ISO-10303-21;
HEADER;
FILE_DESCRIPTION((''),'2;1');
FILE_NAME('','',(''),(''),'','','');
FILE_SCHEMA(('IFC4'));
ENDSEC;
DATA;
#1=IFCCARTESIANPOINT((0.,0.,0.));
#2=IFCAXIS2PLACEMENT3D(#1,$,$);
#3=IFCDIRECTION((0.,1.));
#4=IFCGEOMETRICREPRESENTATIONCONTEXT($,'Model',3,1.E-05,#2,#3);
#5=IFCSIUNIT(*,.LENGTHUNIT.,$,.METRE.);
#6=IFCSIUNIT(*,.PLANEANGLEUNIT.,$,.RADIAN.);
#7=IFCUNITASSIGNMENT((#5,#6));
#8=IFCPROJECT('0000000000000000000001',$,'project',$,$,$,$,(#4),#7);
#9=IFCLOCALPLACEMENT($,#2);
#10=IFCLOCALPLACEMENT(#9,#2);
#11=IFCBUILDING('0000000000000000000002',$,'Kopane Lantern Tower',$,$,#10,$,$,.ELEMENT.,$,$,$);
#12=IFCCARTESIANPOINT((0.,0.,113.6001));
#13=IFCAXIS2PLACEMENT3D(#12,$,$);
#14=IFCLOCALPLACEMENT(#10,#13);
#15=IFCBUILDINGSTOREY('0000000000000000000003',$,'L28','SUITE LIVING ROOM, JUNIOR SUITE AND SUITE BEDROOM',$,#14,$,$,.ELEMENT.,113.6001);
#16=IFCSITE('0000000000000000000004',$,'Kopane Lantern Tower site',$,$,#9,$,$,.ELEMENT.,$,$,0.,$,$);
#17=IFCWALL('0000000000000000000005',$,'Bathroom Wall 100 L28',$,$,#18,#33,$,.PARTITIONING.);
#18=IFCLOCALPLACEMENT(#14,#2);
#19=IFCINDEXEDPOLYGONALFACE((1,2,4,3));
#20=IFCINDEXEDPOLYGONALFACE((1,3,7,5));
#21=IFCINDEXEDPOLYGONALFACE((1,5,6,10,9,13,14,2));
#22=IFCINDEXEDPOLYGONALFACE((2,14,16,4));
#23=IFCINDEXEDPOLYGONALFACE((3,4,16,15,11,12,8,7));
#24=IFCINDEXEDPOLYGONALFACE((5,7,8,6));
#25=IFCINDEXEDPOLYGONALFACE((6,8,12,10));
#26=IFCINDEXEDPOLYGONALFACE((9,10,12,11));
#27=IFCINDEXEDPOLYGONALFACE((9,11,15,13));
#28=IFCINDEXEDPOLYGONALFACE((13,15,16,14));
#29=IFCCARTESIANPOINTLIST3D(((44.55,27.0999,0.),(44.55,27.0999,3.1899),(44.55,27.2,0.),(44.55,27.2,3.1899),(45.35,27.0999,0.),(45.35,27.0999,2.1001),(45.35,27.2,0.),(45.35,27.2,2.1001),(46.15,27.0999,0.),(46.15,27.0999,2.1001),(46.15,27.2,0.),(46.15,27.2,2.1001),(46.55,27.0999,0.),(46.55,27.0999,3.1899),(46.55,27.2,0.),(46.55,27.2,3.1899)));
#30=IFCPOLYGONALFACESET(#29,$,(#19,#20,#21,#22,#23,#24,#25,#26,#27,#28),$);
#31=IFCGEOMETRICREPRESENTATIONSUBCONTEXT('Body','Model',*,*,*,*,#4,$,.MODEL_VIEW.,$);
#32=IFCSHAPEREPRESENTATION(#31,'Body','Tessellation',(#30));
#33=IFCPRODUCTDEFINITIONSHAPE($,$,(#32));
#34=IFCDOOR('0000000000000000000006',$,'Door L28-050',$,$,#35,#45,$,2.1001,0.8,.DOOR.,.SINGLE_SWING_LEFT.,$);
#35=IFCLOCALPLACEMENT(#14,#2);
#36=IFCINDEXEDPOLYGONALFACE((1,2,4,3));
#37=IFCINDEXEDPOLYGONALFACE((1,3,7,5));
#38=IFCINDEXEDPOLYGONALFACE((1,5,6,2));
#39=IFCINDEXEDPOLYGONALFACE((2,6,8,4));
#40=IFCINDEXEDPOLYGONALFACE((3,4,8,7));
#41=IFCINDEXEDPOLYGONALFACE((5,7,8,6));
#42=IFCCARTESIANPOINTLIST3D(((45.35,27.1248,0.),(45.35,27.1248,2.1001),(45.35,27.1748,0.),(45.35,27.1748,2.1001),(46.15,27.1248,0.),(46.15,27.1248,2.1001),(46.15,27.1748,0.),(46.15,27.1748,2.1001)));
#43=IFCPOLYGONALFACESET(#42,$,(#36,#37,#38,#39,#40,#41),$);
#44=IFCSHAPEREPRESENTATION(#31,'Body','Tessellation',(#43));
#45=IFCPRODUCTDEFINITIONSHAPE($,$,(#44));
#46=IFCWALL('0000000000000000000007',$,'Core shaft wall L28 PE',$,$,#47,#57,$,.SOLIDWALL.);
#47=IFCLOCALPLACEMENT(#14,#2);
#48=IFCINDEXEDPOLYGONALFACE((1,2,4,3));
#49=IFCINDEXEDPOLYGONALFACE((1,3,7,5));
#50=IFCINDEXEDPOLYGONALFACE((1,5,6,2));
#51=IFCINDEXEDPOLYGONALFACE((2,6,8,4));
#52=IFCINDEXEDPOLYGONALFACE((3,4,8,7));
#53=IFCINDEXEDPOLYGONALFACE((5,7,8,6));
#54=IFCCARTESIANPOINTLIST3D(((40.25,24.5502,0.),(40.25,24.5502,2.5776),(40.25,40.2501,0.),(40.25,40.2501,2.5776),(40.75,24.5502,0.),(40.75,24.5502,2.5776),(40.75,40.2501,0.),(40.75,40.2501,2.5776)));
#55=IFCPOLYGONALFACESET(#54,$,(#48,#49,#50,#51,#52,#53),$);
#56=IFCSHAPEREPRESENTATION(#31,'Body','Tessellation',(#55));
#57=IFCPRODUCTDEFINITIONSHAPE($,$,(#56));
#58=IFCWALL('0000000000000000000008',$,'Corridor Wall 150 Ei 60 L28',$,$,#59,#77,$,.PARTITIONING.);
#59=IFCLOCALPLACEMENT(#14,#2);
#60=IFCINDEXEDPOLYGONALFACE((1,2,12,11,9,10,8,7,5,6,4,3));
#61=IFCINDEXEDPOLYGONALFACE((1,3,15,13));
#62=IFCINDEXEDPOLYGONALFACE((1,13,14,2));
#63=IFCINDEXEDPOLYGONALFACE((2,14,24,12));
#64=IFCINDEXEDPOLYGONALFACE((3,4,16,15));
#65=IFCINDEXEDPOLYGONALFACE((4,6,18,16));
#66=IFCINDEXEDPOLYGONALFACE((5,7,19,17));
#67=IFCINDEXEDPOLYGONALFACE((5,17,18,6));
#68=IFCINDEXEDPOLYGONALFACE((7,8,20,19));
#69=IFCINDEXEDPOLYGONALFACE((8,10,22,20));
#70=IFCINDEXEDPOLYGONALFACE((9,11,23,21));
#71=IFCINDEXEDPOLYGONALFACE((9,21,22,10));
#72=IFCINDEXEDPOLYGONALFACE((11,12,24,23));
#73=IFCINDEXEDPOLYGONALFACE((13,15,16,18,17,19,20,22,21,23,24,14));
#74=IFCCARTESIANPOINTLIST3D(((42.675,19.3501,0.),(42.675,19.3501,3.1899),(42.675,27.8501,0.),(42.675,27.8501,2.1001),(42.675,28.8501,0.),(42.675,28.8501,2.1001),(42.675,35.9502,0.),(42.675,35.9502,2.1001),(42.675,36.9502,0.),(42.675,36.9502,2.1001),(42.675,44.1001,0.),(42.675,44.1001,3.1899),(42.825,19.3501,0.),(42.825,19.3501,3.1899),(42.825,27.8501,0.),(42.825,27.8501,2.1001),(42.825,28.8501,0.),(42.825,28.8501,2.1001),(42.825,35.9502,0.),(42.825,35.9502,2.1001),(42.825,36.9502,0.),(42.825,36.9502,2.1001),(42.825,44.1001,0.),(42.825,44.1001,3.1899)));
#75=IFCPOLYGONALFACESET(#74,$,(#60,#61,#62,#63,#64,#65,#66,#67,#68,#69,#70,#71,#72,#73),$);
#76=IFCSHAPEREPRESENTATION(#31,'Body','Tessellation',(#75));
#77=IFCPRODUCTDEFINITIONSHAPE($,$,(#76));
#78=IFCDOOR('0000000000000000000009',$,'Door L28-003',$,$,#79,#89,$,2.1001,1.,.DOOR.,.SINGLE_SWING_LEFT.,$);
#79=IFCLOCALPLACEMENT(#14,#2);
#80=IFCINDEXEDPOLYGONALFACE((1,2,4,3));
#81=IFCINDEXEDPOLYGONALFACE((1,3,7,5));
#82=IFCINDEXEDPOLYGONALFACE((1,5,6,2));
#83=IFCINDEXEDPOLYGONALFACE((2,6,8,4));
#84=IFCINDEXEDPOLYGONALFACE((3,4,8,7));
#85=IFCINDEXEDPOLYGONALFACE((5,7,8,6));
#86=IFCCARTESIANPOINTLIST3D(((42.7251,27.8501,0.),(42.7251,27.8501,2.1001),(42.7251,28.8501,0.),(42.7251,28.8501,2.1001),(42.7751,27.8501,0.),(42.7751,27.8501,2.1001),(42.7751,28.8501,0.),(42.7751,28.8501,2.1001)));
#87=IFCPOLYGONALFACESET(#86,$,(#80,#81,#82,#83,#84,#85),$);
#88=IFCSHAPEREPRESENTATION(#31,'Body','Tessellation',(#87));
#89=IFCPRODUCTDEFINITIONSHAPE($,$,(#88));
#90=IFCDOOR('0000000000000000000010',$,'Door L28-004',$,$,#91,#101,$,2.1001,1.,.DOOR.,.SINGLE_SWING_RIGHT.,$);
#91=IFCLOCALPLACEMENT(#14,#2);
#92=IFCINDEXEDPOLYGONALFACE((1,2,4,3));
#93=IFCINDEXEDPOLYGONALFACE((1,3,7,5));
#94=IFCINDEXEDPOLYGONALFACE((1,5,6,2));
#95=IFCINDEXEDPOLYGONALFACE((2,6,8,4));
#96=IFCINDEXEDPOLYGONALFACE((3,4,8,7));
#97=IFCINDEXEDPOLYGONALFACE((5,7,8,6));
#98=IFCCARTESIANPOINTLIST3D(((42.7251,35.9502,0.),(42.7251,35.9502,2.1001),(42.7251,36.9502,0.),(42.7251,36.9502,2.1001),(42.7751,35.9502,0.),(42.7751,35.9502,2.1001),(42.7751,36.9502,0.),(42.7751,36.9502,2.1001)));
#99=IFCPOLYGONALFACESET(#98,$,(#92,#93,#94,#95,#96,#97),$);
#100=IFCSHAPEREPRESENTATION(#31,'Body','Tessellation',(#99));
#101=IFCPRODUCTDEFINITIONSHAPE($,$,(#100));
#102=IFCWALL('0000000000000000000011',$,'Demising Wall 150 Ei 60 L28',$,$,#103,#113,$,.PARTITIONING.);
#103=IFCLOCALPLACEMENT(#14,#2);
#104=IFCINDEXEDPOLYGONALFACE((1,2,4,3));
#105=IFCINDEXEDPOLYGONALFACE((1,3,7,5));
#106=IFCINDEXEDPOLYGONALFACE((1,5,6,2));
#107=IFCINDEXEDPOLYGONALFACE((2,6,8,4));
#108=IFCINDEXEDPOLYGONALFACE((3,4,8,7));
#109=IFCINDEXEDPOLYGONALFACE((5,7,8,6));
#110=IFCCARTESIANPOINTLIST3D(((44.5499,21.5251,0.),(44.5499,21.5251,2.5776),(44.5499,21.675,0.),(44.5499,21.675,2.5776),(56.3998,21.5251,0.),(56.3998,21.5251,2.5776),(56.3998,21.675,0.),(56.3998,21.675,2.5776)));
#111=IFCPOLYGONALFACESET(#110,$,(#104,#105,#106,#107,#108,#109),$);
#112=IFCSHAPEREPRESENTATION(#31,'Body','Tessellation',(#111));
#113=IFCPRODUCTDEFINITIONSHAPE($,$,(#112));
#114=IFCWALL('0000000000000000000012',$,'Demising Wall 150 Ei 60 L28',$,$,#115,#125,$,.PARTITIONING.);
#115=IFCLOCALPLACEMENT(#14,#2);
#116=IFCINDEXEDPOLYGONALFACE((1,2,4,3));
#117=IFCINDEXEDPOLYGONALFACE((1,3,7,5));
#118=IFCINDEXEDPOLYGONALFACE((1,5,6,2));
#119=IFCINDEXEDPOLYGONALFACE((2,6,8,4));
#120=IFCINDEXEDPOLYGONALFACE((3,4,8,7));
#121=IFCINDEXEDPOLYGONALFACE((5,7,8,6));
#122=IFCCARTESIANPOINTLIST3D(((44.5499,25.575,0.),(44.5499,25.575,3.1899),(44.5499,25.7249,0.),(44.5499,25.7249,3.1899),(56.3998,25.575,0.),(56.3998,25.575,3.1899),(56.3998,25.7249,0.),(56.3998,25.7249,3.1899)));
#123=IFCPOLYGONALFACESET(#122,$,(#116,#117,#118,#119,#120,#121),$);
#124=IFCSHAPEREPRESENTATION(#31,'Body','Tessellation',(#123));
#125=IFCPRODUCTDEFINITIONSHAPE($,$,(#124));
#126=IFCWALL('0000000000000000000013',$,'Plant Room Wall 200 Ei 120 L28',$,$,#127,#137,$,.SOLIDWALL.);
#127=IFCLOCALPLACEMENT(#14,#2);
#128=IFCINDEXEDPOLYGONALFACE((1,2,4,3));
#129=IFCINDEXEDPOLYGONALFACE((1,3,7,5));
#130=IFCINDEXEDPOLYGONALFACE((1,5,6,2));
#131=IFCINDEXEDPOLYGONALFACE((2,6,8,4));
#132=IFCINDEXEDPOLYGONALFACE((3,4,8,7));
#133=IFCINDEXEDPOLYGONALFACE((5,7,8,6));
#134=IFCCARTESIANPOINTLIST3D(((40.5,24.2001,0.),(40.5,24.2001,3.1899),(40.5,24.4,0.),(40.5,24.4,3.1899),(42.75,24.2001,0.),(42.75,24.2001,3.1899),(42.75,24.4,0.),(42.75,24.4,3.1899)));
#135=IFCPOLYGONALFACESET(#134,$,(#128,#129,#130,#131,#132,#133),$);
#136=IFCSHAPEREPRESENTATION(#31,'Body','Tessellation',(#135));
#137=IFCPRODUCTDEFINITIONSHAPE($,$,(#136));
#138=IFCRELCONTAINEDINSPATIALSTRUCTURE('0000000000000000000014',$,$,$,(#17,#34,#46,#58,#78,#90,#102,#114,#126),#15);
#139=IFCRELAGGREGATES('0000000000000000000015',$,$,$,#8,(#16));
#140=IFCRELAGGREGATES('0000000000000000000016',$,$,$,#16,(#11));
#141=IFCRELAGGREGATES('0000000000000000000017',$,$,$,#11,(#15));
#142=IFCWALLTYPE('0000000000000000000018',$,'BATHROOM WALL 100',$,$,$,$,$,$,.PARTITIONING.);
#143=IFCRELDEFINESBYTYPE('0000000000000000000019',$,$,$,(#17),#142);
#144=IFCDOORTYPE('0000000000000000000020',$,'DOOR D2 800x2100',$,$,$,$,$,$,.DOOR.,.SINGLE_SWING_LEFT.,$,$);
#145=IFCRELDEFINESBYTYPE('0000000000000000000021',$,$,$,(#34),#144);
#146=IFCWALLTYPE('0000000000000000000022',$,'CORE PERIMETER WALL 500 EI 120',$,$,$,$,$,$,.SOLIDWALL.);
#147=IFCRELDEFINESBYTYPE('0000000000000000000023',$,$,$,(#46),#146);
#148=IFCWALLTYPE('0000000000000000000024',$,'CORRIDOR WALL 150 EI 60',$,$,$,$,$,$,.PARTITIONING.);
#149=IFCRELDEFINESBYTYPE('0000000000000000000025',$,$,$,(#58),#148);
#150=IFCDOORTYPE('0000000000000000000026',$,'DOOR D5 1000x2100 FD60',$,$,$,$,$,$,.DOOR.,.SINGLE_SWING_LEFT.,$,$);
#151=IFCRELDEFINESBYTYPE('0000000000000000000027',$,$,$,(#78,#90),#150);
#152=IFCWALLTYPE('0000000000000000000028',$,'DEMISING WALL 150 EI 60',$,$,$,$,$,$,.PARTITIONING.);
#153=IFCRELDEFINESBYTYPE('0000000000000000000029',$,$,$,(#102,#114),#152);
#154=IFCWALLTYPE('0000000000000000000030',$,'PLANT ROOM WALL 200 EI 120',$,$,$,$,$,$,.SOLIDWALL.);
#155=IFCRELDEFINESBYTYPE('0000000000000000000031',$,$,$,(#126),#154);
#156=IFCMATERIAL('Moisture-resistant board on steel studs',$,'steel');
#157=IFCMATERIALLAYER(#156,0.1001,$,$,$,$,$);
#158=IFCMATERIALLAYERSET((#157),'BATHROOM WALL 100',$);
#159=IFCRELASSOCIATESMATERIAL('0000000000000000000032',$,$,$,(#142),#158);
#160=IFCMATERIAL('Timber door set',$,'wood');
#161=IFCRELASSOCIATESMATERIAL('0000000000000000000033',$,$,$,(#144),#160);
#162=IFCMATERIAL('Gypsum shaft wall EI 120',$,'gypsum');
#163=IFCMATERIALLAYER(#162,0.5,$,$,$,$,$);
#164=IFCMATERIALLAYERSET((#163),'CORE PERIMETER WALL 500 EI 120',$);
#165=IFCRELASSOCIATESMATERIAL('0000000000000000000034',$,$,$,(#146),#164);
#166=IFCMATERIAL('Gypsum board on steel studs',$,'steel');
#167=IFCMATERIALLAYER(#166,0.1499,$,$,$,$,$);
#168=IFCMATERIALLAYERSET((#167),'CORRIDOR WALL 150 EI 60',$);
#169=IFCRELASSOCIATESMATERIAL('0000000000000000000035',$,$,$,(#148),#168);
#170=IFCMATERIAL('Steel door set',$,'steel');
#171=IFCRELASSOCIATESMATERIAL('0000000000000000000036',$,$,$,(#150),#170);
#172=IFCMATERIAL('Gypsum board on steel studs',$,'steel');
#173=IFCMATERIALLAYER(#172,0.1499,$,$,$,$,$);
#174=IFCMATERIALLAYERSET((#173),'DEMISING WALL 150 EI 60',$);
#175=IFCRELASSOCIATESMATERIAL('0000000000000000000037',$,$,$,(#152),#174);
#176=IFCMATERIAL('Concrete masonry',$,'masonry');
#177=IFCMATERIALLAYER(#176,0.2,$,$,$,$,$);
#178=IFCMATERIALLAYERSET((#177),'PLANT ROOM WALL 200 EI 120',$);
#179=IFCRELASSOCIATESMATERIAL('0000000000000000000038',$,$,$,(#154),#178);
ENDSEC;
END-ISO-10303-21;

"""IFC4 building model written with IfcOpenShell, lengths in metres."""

from ifc_helpers import new_model, si_unit, direction, frame, frame_2d, origin, place, context, subcontext, project, spatial, rectangle, extrude, material, layer, layer_set, type_object, element, fill, save


model = new_model("IFC4")

# Units and contexts
model_context = context("Model", 3, precision=1e-05, world=origin(), true_north=direction((0.0, 1.0)))
body_context = subcontext(model_context, "Body", "Model", "MODEL_VIEW")
ifc_project = project(units=[si_unit("LENGTHUNIT", "METRE"), si_unit("PLANEANGLEUNIT", "RADIAN")], contexts=[model_context])

# Site, building, storey
site_placement = place(None, origin())
site = spatial("IfcSite", under=ifc_project, at=site_placement, Name="Kopane Lantern Tower site", CompositionType="ELEMENT", RefElevation=0.0)
building_placement = place(site_placement, origin())
building = spatial("IfcBuilding", under=site, at=building_placement, Name="Kopane Lantern Tower", CompositionType="ELEMENT")
storey_placement = place(building_placement, frame((0.0, 0.0, 113.6001)))
storey = spatial("IfcBuildingStorey", under=building, at=storey_placement, Name="L28", Description="SUITE LIVING ROOM, JUNIOR SUITE AND SUITE BEDROOM", CompositionType="ELEMENT", Elevation=113.6001)

# Shared definitions
ifc_material_1 = material(Name="Moisture-resistant board on steel studs", Category="steel")
ifc_layer_1 = layer(ifc_material_1, 0.1001)
ifc_layer_set_1 = layer_set([ifc_layer_1], Name="BATHROOM WALL 100")
wall_type_1 = type_object("IfcWallType", Name="BATHROOM WALL 100", PredefinedType="PARTITIONING", material=ifc_layer_set_1)

# Shared definitions
ifc_material_2 = material(Name="Timber door set", Category="wood")
door_type_1 = type_object("IfcDoorType", Name="DOOR D2 800x2100", OperationType="SINGLE_SWING_LEFT", PredefinedType="DOOR", material=ifc_material_2)

# Wall, opening, door
wall_1_placement = place(storey_placement, frame((44.55, 27.1499, 0.0), z_axis=(0.0, 0.0, 1.0), x_axis=(1.0, 0.0, 0.0)))
wall_1 = element("IfcWall", 1, at=wall_1_placement, inside=storey, type_object=wall_type_1, Name="Bathroom Wall 100 L28", PredefinedType="PARTITIONING", context=body_context, shape_type="SweptSolid", body=[
    extrude(rectangle(XDim=2.0, YDim=0.1001, at=frame_2d((1.0, 0.0))), origin(), (0.0, 0.0, 1.0), 3.1899),
])
opening_1_placement = place(wall_1_placement, frame((0.8, 0.0, 0.0)))
opening_1 = element("IfcOpeningElement", 2, at=opening_1_placement, cuts=wall_1, PredefinedType="OPENING", context=body_context, shape_type="SweptSolid", body=[
    extrude(rectangle(XDim=0.8, YDim=2.1001, at=frame_2d((0.3999, 1.05))), frame((0.0, 0.0601, 0.0), z_axis=(0.0, -1.0, 0.0), x_axis=(1.0, 0.0, 0.0)), (0.0, 0.0, 1.0), 0.1201),
])
door_1_placement = place(opening_1_placement, origin())
door_1 = element("IfcDoor", 3, at=door_1_placement, inside=storey, type_object=door_type_1, Name="Door L28-050", OperationType="SINGLE_SWING_LEFT", OverallHeight=2.1001, OverallWidth=0.8, PredefinedType="DOOR", context=body_context, shape_type="SweptSolid", body=[
    extrude(rectangle(XDim=0.8, YDim=2.1001, at=frame_2d((0.3999, 1.05))), frame((0.0, 0.0249, 0.0), z_axis=(0.0, -1.0, 0.0), x_axis=(1.0, 0.0, 0.0)), (0.0, 0.0, 1.0), 0.05),
])
fill(opening_1, door_1)

# Wall
ifc_material_3 = material(Name="Gypsum shaft wall EI 120", Category="gypsum")
ifc_layer_2 = layer(ifc_material_3, 0.5)
ifc_layer_set_2 = layer_set([ifc_layer_2], Name="CORE PERIMETER WALL 500 EI 120")
wall_type_2 = type_object("IfcWallType", Name="CORE PERIMETER WALL 500 EI 120", PredefinedType="SOLIDWALL", material=ifc_layer_set_2)
wall_2_placement = place(storey_placement, frame((40.5, 24.55, 0.0), z_axis=(0.0, 0.0, 1.0), x_axis=(0.0, 1.0, 0.0)))
element("IfcWall", 4, at=wall_2_placement, inside=storey, type_object=wall_type_2, Name="Core shaft wall L28 PE", PredefinedType="SOLIDWALL", context=body_context, shape_type="SweptSolid", body=[
    extrude(rectangle(XDim=15.7, YDim=0.5, at=frame_2d((7.8501, 0.0))), origin(), (0.0, 0.0, 1.0), 2.5776),
])

# Wall, openings, doors
ifc_material_4 = material(Name="Gypsum board on steel studs", Category="steel")
ifc_layer_3 = layer(ifc_material_4, 0.1499)
ifc_layer_set_3 = layer_set([ifc_layer_3], Name="CORRIDOR WALL 150 EI 60")
wall_type_3 = type_object("IfcWallType", Name="CORRIDOR WALL 150 EI 60", PredefinedType="PARTITIONING", material=ifc_layer_set_3)
wall_3_placement = place(storey_placement, frame((42.75, 19.3501, 0.0), z_axis=(0.0, 0.0, 1.0), x_axis=(0.0, 1.0, 0.0)))
wall_3 = element("IfcWall", 5, at=wall_3_placement, inside=storey, type_object=wall_type_3, Name="Corridor Wall 150 Ei 60 L28", PredefinedType="PARTITIONING", context=body_context, shape_type="SweptSolid", body=[
    extrude(rectangle(XDim=24.75, YDim=0.1499, at=frame_2d((12.375, 0.0))), origin(), (0.0, 0.0, 1.0), 3.1899),
])
opening_2_placement = place(wall_3_placement, frame((8.5, 0.0, 0.0)))
opening_2 = element("IfcOpeningElement", 6, at=opening_2_placement, cuts=wall_3, PredefinedType="OPENING", context=body_context, shape_type="SweptSolid", body=[
    extrude(rectangle(XDim=1.0, YDim=2.1001, at=frame_2d((0.5, 1.05))), frame((0.0, 0.085, 0.0), z_axis=(0.0, -1.0, 0.0), x_axis=(1.0, 0.0, 0.0)), (0.0, 0.0, 1.0), 0.1699),
])
opening_3_placement = place(wall_3_placement, frame((16.6001, 0.0, 0.0)))
opening_3 = element("IfcOpeningElement", 7, at=opening_3_placement, cuts=wall_3, PredefinedType="OPENING", context=body_context, shape_type="SweptSolid", body=[
    extrude(rectangle(XDim=1.0, YDim=2.1001, at=frame_2d((0.5, 1.05))), frame((0.0, 0.085, 0.0), z_axis=(0.0, -1.0, 0.0), x_axis=(1.0, 0.0, 0.0)), (0.0, 0.0, 1.0), 0.1699),
])
ifc_material_5 = material(Name="Steel door set", Category="steel")
door_type_2 = type_object("IfcDoorType", Name="DOOR D5 1000x2100 FD60", OperationType="SINGLE_SWING_LEFT", PredefinedType="DOOR", material=ifc_material_5)
door_2_placement = place(opening_2_placement, origin())
door_2 = element("IfcDoor", 8, at=door_2_placement, inside=storey, type_object=door_type_2, Name="Door L28-003", OperationType="SINGLE_SWING_LEFT", OverallHeight=2.1001, OverallWidth=1.0, PredefinedType="DOOR", context=body_context, shape_type="SweptSolid", body=[
    extrude(rectangle(XDim=1.0, YDim=2.1001, at=frame_2d((0.5, 1.05))), frame((0.0, 0.0249, 0.0), z_axis=(0.0, -1.0, 0.0), x_axis=(1.0, 0.0, 0.0)), (0.0, 0.0, 1.0), 0.05),
])
fill(opening_2, door_2)
door_3_placement = place(opening_3_placement, origin())
door_3 = element("IfcDoor", 9, at=door_3_placement, inside=storey, type_object=door_type_2, Name="Door L28-004", OperationType="SINGLE_SWING_RIGHT", OverallHeight=2.1001, OverallWidth=1.0, PredefinedType="DOOR", context=body_context, shape_type="SweptSolid", body=[
    extrude(rectangle(XDim=1.0, YDim=2.1001, at=frame_2d((0.5, 1.05))), frame((0.0, 0.0249, 0.0), z_axis=(0.0, -1.0, 0.0), x_axis=(1.0, 0.0, 0.0)), (0.0, 0.0, 1.0), 0.05),
])
fill(opening_3, door_3)

# Walls
ifc_material_6 = material(Name="Gypsum board on steel studs", Category="steel")
ifc_layer_4 = layer(ifc_material_6, 0.1499)
ifc_layer_set_4 = layer_set([ifc_layer_4], Name="DEMISING WALL 150 EI 60")
wall_type_4 = type_object("IfcWallType", Name="DEMISING WALL 150 EI 60", PredefinedType="PARTITIONING", material=ifc_layer_set_4)
wall_4_placement = place(storey_placement, frame((44.55, 21.6001, 0.0), z_axis=(0.0, 0.0, 1.0), x_axis=(1.0, 0.0, 0.0)))
element("IfcWall", 10, at=wall_4_placement, inside=storey, type_object=wall_type_4, Name="Demising Wall 150 Ei 60 L28", PredefinedType="PARTITIONING", context=body_context, shape_type="SweptSolid", body=[
    extrude(rectangle(XDim=11.8499, YDim=0.1499, at=frame_2d((5.9248, 0.0))), origin(), (0.0, 0.0, 1.0), 2.5776),
])
wall_5_placement = place(storey_placement, frame((44.55, 25.6499, 0.0), z_axis=(0.0, 0.0, 1.0), x_axis=(1.0, 0.0, 0.0)))
element("IfcWall", 11, at=wall_5_placement, inside=storey, type_object=wall_type_4, Name="Demising Wall 150 Ei 60 L28", PredefinedType="PARTITIONING", context=body_context, shape_type="SweptSolid", body=[
    extrude(rectangle(XDim=11.8499, YDim=0.1499, at=frame_2d((5.9248, 0.0))), origin(), (0.0, 0.0, 1.0), 3.1899),
])
ifc_material_7 = material(Name="Concrete masonry", Category="masonry")
ifc_layer_5 = layer(ifc_material_7, 0.2)
ifc_layer_set_5 = layer_set([ifc_layer_5], Name="PLANT ROOM WALL 200 EI 120")
wall_type_5 = type_object("IfcWallType", Name="PLANT ROOM WALL 200 EI 120", PredefinedType="SOLIDWALL", material=ifc_layer_set_5)
wall_6_placement = place(storey_placement, frame((40.5, 24.3, 0.0), z_axis=(0.0, 0.0, 1.0), x_axis=(1.0, 0.0, 0.0)))
element("IfcWall", 12, at=wall_6_placement, inside=storey, type_object=wall_type_5, Name="Plant Room Wall 200 Ei 120 L28", PredefinedType="SOLIDWALL", context=body_context, shape_type="SweptSolid", body=[
    extrude(rectangle(XDim=2.25, YDim=0.2, at=frame_2d((1.125, 0.0))), origin(), (0.0, 0.0, 1.0), 3.1899),
])

save(model, "model.ifc")
